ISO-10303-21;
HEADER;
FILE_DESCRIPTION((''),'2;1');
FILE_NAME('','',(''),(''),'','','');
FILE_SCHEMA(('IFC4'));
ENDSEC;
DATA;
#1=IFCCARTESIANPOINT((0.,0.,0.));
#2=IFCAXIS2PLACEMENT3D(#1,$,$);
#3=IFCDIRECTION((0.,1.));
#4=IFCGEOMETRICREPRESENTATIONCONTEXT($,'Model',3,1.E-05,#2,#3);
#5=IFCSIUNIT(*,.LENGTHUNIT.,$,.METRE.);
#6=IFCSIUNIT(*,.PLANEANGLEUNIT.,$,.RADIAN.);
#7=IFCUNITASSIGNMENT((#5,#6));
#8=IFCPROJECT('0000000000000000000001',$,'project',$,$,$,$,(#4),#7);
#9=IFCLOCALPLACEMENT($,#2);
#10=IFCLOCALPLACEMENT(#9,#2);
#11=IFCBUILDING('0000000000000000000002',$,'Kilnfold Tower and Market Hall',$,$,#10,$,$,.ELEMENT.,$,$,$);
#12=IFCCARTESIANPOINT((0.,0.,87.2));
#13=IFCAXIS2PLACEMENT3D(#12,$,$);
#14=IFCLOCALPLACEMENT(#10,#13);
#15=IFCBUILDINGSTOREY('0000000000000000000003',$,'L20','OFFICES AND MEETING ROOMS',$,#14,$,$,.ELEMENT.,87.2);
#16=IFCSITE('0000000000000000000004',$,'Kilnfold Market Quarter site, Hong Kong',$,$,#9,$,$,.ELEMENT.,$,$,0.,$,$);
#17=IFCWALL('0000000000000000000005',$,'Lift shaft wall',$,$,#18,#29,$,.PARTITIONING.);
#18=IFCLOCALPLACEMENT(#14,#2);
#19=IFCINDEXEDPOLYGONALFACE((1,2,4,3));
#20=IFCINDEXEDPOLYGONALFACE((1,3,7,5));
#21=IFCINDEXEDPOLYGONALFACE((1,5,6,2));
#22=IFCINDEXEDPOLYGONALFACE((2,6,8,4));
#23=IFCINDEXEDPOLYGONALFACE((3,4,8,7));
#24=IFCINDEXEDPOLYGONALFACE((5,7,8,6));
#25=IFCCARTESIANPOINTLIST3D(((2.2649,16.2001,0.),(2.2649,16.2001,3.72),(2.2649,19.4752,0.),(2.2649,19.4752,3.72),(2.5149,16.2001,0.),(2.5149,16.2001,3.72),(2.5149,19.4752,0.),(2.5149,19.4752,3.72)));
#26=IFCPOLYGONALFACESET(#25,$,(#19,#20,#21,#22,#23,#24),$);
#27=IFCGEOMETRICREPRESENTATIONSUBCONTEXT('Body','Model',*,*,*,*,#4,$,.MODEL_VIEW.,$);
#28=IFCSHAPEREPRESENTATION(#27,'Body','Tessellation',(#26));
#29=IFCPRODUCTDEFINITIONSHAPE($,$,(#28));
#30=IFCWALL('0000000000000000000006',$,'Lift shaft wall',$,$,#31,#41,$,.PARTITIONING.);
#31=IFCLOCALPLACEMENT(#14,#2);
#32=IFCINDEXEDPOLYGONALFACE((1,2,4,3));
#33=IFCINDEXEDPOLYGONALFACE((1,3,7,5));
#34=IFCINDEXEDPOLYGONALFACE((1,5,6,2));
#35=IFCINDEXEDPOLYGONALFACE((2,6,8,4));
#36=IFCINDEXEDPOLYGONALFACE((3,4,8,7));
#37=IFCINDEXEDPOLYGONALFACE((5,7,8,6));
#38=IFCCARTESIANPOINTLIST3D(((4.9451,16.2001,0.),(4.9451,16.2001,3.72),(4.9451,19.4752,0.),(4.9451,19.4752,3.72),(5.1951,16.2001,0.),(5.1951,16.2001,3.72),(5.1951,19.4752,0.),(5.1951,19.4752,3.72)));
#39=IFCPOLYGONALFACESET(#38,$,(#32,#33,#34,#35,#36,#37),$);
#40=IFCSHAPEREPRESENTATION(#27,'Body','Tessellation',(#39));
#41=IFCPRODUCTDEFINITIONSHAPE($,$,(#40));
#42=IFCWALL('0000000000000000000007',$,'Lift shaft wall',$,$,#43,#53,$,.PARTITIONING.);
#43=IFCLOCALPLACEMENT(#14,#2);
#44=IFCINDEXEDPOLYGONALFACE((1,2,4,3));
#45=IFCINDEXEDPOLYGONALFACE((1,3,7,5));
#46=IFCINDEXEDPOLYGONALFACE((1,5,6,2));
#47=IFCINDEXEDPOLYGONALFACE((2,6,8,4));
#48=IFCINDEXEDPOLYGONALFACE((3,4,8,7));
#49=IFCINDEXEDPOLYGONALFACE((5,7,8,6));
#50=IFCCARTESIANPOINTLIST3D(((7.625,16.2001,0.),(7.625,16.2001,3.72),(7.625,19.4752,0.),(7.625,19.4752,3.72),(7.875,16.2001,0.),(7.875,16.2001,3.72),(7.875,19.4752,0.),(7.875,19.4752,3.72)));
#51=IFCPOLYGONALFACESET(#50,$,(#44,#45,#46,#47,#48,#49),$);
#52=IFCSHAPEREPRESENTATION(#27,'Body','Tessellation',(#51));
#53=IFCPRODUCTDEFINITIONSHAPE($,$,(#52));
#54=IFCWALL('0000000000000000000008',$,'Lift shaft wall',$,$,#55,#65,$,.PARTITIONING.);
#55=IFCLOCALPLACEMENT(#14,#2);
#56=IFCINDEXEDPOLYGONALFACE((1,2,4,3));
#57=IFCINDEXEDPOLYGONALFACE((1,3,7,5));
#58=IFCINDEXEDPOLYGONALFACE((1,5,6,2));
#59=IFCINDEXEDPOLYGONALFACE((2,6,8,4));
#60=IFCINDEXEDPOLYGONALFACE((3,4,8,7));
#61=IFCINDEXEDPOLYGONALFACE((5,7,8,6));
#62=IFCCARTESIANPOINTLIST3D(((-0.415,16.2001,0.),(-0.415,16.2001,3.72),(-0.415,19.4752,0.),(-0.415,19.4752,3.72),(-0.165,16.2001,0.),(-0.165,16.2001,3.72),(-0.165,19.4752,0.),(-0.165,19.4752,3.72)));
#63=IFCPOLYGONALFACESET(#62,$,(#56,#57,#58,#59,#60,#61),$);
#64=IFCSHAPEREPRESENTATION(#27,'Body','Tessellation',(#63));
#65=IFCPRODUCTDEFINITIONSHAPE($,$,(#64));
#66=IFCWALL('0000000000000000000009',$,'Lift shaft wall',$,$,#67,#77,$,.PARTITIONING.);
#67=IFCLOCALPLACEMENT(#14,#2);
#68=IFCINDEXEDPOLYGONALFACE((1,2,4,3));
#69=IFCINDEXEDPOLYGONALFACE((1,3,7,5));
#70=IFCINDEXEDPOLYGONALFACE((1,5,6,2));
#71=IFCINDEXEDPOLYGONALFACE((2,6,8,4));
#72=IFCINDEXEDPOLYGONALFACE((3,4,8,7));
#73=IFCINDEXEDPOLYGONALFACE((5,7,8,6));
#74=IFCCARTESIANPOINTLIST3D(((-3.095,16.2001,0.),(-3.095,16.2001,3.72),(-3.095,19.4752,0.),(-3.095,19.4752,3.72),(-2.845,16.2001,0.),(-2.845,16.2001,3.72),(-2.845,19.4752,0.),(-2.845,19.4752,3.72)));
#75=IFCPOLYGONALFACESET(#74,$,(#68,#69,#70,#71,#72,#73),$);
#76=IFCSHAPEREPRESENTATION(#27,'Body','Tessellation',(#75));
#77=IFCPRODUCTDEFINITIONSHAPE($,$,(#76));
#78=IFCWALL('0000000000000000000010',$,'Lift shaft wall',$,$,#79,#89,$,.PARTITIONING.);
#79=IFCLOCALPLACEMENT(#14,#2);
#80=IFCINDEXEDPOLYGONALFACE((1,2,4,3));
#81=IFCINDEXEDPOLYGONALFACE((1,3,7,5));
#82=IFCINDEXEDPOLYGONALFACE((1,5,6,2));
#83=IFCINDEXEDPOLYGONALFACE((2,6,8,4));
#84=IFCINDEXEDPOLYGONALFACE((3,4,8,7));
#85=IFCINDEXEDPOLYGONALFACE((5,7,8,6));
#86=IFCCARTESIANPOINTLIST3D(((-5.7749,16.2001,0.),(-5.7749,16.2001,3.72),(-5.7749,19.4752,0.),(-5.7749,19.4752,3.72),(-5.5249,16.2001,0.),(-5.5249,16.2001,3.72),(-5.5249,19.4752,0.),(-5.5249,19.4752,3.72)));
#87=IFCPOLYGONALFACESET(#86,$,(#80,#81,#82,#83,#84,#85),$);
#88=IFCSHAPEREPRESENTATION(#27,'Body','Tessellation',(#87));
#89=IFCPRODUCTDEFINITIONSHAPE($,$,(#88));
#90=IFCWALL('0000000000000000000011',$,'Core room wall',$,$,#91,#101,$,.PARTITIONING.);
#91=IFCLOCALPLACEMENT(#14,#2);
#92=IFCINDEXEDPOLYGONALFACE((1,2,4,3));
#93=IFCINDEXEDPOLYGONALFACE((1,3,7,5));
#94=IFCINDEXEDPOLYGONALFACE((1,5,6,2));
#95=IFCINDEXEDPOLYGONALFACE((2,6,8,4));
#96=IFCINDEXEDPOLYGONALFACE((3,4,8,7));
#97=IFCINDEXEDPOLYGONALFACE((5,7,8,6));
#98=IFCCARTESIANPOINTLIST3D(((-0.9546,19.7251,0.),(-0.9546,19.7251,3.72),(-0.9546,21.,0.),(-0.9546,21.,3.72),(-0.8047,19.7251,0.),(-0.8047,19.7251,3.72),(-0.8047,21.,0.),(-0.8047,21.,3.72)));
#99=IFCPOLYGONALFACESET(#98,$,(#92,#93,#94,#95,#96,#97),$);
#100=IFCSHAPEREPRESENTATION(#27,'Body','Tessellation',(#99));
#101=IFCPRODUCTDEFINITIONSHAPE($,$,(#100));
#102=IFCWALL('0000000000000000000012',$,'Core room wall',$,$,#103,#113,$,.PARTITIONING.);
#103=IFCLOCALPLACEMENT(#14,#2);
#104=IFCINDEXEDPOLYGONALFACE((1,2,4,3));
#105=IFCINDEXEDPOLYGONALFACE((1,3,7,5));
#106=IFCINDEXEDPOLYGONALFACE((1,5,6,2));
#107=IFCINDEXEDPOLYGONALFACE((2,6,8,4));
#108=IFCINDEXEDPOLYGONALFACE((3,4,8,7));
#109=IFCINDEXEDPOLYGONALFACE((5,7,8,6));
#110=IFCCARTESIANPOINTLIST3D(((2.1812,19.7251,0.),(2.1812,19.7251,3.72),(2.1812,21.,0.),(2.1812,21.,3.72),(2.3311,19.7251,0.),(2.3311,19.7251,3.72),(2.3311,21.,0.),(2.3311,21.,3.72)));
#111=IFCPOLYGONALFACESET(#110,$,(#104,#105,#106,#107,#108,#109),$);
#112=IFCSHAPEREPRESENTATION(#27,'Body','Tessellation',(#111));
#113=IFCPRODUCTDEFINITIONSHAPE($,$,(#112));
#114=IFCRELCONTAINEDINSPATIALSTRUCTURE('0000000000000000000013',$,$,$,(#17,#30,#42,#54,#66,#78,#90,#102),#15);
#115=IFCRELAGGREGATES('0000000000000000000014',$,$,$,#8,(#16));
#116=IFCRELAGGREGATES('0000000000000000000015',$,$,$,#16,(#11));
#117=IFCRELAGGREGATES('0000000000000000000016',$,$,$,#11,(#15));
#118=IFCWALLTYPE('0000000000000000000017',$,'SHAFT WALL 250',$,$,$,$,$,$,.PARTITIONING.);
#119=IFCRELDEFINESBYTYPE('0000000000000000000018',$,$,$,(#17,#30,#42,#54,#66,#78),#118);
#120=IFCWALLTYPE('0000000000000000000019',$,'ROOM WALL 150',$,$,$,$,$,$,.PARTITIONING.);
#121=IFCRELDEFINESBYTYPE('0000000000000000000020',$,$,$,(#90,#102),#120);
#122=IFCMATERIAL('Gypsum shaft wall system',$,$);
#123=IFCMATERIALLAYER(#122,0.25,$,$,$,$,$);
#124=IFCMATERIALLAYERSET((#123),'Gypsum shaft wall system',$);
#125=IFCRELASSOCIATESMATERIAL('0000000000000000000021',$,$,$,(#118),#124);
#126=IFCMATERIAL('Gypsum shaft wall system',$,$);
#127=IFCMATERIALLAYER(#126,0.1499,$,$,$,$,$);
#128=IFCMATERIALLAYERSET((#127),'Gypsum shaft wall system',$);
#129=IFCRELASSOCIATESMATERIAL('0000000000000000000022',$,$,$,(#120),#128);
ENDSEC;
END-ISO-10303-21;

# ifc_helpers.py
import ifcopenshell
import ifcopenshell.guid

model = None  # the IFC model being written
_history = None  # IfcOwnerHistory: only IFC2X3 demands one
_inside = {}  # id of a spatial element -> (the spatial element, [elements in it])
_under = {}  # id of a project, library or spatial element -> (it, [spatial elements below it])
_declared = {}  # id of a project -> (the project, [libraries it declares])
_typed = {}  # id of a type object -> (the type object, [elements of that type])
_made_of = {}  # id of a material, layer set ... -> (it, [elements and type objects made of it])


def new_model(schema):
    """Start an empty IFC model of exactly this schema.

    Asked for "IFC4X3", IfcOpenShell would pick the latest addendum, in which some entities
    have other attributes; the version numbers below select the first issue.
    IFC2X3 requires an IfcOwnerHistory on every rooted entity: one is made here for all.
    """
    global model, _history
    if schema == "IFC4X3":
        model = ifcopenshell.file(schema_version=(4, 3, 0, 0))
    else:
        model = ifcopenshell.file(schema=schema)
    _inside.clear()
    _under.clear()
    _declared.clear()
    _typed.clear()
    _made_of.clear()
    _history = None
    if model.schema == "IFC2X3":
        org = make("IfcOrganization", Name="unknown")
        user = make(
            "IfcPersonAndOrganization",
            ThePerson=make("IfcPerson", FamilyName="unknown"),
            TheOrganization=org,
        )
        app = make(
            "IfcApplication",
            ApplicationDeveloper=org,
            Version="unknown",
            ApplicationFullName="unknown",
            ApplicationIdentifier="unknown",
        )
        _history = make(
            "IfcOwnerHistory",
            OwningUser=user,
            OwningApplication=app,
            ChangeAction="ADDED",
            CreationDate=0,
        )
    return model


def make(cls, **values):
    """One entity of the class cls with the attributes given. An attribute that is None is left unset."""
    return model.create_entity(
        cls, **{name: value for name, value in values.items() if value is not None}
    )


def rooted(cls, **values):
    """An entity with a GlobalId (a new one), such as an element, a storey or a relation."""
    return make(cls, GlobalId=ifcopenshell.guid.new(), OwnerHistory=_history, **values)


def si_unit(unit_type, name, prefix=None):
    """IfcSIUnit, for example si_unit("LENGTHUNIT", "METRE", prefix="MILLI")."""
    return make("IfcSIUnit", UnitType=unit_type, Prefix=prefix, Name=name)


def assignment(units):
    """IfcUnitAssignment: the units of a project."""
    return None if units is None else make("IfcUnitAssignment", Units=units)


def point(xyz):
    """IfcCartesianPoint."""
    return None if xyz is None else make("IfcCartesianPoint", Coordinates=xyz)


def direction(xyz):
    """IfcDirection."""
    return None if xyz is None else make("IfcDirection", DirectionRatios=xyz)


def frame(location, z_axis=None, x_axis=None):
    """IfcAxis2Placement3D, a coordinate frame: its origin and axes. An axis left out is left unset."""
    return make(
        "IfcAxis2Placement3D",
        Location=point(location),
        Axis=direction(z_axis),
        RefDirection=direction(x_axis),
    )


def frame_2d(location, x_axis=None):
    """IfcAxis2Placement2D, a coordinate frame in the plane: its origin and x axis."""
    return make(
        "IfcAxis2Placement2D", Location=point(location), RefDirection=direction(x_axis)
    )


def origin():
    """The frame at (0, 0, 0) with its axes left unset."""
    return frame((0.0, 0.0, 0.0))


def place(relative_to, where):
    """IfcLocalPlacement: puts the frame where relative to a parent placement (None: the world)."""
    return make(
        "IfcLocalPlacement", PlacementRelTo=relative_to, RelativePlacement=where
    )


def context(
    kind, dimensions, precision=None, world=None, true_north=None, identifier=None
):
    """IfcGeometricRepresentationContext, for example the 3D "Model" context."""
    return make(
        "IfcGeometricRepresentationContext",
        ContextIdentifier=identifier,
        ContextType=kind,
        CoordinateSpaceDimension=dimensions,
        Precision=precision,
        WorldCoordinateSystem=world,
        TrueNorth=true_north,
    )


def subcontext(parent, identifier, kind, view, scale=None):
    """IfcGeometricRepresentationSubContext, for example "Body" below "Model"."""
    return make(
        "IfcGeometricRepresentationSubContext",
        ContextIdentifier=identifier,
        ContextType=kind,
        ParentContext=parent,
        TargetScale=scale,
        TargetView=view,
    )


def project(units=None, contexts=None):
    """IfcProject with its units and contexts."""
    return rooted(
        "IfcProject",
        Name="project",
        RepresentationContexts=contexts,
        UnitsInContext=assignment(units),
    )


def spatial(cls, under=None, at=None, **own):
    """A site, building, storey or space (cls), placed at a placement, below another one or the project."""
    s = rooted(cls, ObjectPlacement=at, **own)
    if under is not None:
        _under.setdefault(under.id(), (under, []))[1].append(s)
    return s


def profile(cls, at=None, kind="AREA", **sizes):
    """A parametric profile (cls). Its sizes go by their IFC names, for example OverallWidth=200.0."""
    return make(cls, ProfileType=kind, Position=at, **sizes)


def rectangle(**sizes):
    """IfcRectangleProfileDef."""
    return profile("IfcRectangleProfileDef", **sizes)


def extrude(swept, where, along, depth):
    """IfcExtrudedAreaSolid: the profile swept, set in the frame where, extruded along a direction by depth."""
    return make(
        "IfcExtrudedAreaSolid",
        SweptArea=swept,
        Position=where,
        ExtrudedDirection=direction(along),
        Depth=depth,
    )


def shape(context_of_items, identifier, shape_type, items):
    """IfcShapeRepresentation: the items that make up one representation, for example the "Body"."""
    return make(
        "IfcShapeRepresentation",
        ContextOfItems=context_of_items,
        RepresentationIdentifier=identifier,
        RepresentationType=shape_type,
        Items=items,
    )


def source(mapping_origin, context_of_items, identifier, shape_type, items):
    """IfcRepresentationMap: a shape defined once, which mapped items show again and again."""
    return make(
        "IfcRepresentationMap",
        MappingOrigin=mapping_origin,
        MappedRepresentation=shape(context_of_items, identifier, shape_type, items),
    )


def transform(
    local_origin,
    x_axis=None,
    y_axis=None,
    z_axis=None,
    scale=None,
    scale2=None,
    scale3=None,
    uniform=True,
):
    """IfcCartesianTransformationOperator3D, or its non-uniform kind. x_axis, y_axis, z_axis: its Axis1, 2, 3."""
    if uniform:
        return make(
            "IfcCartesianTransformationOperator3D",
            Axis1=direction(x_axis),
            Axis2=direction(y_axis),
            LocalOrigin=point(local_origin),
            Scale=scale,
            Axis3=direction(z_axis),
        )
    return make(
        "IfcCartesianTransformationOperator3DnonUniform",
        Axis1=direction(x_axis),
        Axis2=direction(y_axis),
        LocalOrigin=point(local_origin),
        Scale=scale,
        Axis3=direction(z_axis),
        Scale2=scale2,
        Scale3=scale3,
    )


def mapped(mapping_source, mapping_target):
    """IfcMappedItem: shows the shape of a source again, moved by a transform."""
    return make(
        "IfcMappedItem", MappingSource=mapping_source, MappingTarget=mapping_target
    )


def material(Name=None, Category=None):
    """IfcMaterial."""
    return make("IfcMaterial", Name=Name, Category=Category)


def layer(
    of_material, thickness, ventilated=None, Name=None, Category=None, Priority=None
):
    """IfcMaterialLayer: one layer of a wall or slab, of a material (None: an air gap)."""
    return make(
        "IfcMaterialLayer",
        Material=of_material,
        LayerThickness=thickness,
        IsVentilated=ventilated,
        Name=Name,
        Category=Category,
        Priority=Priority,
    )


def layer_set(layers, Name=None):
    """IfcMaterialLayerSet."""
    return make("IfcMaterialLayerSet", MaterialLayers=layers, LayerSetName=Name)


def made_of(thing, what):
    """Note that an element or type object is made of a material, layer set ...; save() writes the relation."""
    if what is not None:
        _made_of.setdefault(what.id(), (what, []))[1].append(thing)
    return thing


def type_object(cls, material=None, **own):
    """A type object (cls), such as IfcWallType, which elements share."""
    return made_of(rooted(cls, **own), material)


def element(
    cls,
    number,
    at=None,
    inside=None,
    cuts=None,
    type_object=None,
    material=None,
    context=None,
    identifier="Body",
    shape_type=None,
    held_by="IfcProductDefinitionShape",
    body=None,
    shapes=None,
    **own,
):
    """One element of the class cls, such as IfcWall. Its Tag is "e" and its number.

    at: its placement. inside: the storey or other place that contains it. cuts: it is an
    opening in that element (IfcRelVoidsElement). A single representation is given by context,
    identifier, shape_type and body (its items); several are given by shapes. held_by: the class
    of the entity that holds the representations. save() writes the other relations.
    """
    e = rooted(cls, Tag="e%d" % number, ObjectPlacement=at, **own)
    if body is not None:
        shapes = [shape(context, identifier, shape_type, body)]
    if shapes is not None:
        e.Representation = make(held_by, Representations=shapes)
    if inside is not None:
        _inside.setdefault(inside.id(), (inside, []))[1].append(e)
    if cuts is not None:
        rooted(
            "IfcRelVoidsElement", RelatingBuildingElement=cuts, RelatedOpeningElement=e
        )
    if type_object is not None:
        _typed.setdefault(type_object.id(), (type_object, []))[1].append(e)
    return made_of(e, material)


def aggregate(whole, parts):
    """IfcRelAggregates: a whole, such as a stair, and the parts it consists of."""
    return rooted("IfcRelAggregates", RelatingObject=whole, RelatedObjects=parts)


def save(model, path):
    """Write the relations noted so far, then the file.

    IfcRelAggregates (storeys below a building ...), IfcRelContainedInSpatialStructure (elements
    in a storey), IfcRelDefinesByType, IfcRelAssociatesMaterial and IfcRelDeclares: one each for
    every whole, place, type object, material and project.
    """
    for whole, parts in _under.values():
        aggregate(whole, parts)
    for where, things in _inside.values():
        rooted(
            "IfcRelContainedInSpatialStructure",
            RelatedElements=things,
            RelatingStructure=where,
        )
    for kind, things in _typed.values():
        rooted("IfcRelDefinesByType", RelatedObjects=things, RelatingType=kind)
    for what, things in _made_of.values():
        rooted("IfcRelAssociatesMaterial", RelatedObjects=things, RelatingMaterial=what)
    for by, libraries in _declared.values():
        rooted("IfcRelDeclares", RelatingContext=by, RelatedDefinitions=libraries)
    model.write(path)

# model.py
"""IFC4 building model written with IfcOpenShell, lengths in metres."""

from ifc_helpers import new_model, si_unit, direction, frame, frame_2d, origin, place, context, subcontext, project, spatial, rectangle, extrude, source, transform, mapped, material, layer, layer_set, type_object, element, save


model = new_model("IFC4")

# Units and contexts
model_context = context("Model", 3, precision=1e-05, world=origin(), true_north=direction((0.0, 1.0)))
body_context = subcontext(model_context, "Body", "Model", "MODEL_VIEW")
ifc_project = project(units=[si_unit("LENGTHUNIT", "METRE"), si_unit("PLANEANGLEUNIT", "RADIAN")], contexts=[model_context])

# Site, building, storey
site_placement = place(None, origin())
site = spatial("IfcSite", under=ifc_project, at=site_placement, Name="Kilnfold Market Quarter site, Hong Kong", CompositionType="ELEMENT", RefElevation=0.0)
building_placement = place(site_placement, origin())
building = spatial("IfcBuilding", under=site, at=building_placement, Name="Kilnfold Tower and Market Hall", CompositionType="ELEMENT")
storey_placement = place(building_placement, frame((0.0, 0.0, 87.2)))
storey = spatial("IfcBuildingStorey", under=building, at=storey_placement, Name="L20", Description="OFFICES AND MEETING ROOMS", CompositionType="ELEMENT", Elevation=87.2)

# Walls
ifc_material_1 = material(Name="Gypsum shaft wall system")
ifc_layer_1 = layer(ifc_material_1, 0.25)
ifc_layer_set_1 = layer_set([ifc_layer_1], Name="Gypsum shaft wall system")
wall_type_1 = type_object("IfcWallType", Name="SHAFT WALL 250", PredefinedType="PARTITIONING", material=ifc_layer_set_1)
shared_shape_1 = source(origin(), body_context, "Body", "SweptSolid", [
    extrude(rectangle(XDim=3.2751, YDim=0.25, at=frame_2d((1.6377, 0.0))), origin(), (0.0, 0.0, 1.0), 3.72),
])
for number, where, z_axis, x_axis, name in (
    (1, (2.3899, 16.2, 0.0), (0.0, 0.0, 1.0), (0.0, 1.0, 0.0), "Lift shaft wall"),
    (2, (5.0701, 16.2, 0.0), (0.0, 0.0, 1.0), (0.0, 1.0, 0.0), "Lift shaft wall"),
    (3, (7.75, 16.2, 0.0), (0.0, 0.0, 1.0), (0.0, 1.0, 0.0), "Lift shaft wall"),
    (4, (-0.29, 16.2, 0.0), (0.0, 0.0, 1.0), (0.0, 1.0, 0.0), "Lift shaft wall"),
    (5, (-2.97, 16.2, 0.0), (0.0, 0.0, 1.0), (0.0, 1.0, 0.0), "Lift shaft wall"),
    (6, (-5.6499, 16.2, 0.0), (0.0, 0.0, 1.0), (0.0, 1.0, 0.0), "Lift shaft wall"),
):
    element("IfcWall", number, at=place(storey_placement, frame(where, z_axis=z_axis, x_axis=x_axis)), inside=storey, type_object=wall_type_1, Name=name, PredefinedType="PARTITIONING", context=body_context, shape_type="MappedRepresentation", body=[
        mapped(shared_shape_1, transform((0.0, 0.0, 0.0))),
    ])
ifc_material_2 = material(Name="Gypsum shaft wall system")
ifc_layer_2 = layer(ifc_material_2, 0.1499)
ifc_layer_set_2 = layer_set([ifc_layer_2], Name="Gypsum shaft wall system")
wall_type_2 = type_object("IfcWallType", Name="ROOM WALL 150", PredefinedType="PARTITIONING", material=ifc_layer_set_2)
shared_shape_2 = source(origin(), body_context, "Body", "SweptSolid", [
    extrude(rectangle(XDim=1.2749, YDim=0.1499, at=frame_2d((0.6375, 0.0))), origin(), (0.0, 0.0, 1.0), 3.72),
])
for number, where, z_axis, x_axis, name in (
    (7, (-0.8796, 19.7251, 0.0), (0.0, 0.0, 1.0), (0.0, 1.0, 0.0), "Core room wall"),
    (8, (2.2561, 19.7251, 0.0), (0.0, 0.0, 1.0), (0.0, 1.0, 0.0), "Core room wall"),
):
    element("IfcWall", number, at=place(storey_placement, frame(where, z_axis=z_axis, x_axis=x_axis)), inside=storey, type_object=wall_type_2, Name=name, PredefinedType="PARTITIONING", context=body_context, shape_type="MappedRepresentation", body=[
        mapped(shared_shape_2, transform((0.0, 0.0, 0.0))),
    ])

save(model, "model.ifc")
